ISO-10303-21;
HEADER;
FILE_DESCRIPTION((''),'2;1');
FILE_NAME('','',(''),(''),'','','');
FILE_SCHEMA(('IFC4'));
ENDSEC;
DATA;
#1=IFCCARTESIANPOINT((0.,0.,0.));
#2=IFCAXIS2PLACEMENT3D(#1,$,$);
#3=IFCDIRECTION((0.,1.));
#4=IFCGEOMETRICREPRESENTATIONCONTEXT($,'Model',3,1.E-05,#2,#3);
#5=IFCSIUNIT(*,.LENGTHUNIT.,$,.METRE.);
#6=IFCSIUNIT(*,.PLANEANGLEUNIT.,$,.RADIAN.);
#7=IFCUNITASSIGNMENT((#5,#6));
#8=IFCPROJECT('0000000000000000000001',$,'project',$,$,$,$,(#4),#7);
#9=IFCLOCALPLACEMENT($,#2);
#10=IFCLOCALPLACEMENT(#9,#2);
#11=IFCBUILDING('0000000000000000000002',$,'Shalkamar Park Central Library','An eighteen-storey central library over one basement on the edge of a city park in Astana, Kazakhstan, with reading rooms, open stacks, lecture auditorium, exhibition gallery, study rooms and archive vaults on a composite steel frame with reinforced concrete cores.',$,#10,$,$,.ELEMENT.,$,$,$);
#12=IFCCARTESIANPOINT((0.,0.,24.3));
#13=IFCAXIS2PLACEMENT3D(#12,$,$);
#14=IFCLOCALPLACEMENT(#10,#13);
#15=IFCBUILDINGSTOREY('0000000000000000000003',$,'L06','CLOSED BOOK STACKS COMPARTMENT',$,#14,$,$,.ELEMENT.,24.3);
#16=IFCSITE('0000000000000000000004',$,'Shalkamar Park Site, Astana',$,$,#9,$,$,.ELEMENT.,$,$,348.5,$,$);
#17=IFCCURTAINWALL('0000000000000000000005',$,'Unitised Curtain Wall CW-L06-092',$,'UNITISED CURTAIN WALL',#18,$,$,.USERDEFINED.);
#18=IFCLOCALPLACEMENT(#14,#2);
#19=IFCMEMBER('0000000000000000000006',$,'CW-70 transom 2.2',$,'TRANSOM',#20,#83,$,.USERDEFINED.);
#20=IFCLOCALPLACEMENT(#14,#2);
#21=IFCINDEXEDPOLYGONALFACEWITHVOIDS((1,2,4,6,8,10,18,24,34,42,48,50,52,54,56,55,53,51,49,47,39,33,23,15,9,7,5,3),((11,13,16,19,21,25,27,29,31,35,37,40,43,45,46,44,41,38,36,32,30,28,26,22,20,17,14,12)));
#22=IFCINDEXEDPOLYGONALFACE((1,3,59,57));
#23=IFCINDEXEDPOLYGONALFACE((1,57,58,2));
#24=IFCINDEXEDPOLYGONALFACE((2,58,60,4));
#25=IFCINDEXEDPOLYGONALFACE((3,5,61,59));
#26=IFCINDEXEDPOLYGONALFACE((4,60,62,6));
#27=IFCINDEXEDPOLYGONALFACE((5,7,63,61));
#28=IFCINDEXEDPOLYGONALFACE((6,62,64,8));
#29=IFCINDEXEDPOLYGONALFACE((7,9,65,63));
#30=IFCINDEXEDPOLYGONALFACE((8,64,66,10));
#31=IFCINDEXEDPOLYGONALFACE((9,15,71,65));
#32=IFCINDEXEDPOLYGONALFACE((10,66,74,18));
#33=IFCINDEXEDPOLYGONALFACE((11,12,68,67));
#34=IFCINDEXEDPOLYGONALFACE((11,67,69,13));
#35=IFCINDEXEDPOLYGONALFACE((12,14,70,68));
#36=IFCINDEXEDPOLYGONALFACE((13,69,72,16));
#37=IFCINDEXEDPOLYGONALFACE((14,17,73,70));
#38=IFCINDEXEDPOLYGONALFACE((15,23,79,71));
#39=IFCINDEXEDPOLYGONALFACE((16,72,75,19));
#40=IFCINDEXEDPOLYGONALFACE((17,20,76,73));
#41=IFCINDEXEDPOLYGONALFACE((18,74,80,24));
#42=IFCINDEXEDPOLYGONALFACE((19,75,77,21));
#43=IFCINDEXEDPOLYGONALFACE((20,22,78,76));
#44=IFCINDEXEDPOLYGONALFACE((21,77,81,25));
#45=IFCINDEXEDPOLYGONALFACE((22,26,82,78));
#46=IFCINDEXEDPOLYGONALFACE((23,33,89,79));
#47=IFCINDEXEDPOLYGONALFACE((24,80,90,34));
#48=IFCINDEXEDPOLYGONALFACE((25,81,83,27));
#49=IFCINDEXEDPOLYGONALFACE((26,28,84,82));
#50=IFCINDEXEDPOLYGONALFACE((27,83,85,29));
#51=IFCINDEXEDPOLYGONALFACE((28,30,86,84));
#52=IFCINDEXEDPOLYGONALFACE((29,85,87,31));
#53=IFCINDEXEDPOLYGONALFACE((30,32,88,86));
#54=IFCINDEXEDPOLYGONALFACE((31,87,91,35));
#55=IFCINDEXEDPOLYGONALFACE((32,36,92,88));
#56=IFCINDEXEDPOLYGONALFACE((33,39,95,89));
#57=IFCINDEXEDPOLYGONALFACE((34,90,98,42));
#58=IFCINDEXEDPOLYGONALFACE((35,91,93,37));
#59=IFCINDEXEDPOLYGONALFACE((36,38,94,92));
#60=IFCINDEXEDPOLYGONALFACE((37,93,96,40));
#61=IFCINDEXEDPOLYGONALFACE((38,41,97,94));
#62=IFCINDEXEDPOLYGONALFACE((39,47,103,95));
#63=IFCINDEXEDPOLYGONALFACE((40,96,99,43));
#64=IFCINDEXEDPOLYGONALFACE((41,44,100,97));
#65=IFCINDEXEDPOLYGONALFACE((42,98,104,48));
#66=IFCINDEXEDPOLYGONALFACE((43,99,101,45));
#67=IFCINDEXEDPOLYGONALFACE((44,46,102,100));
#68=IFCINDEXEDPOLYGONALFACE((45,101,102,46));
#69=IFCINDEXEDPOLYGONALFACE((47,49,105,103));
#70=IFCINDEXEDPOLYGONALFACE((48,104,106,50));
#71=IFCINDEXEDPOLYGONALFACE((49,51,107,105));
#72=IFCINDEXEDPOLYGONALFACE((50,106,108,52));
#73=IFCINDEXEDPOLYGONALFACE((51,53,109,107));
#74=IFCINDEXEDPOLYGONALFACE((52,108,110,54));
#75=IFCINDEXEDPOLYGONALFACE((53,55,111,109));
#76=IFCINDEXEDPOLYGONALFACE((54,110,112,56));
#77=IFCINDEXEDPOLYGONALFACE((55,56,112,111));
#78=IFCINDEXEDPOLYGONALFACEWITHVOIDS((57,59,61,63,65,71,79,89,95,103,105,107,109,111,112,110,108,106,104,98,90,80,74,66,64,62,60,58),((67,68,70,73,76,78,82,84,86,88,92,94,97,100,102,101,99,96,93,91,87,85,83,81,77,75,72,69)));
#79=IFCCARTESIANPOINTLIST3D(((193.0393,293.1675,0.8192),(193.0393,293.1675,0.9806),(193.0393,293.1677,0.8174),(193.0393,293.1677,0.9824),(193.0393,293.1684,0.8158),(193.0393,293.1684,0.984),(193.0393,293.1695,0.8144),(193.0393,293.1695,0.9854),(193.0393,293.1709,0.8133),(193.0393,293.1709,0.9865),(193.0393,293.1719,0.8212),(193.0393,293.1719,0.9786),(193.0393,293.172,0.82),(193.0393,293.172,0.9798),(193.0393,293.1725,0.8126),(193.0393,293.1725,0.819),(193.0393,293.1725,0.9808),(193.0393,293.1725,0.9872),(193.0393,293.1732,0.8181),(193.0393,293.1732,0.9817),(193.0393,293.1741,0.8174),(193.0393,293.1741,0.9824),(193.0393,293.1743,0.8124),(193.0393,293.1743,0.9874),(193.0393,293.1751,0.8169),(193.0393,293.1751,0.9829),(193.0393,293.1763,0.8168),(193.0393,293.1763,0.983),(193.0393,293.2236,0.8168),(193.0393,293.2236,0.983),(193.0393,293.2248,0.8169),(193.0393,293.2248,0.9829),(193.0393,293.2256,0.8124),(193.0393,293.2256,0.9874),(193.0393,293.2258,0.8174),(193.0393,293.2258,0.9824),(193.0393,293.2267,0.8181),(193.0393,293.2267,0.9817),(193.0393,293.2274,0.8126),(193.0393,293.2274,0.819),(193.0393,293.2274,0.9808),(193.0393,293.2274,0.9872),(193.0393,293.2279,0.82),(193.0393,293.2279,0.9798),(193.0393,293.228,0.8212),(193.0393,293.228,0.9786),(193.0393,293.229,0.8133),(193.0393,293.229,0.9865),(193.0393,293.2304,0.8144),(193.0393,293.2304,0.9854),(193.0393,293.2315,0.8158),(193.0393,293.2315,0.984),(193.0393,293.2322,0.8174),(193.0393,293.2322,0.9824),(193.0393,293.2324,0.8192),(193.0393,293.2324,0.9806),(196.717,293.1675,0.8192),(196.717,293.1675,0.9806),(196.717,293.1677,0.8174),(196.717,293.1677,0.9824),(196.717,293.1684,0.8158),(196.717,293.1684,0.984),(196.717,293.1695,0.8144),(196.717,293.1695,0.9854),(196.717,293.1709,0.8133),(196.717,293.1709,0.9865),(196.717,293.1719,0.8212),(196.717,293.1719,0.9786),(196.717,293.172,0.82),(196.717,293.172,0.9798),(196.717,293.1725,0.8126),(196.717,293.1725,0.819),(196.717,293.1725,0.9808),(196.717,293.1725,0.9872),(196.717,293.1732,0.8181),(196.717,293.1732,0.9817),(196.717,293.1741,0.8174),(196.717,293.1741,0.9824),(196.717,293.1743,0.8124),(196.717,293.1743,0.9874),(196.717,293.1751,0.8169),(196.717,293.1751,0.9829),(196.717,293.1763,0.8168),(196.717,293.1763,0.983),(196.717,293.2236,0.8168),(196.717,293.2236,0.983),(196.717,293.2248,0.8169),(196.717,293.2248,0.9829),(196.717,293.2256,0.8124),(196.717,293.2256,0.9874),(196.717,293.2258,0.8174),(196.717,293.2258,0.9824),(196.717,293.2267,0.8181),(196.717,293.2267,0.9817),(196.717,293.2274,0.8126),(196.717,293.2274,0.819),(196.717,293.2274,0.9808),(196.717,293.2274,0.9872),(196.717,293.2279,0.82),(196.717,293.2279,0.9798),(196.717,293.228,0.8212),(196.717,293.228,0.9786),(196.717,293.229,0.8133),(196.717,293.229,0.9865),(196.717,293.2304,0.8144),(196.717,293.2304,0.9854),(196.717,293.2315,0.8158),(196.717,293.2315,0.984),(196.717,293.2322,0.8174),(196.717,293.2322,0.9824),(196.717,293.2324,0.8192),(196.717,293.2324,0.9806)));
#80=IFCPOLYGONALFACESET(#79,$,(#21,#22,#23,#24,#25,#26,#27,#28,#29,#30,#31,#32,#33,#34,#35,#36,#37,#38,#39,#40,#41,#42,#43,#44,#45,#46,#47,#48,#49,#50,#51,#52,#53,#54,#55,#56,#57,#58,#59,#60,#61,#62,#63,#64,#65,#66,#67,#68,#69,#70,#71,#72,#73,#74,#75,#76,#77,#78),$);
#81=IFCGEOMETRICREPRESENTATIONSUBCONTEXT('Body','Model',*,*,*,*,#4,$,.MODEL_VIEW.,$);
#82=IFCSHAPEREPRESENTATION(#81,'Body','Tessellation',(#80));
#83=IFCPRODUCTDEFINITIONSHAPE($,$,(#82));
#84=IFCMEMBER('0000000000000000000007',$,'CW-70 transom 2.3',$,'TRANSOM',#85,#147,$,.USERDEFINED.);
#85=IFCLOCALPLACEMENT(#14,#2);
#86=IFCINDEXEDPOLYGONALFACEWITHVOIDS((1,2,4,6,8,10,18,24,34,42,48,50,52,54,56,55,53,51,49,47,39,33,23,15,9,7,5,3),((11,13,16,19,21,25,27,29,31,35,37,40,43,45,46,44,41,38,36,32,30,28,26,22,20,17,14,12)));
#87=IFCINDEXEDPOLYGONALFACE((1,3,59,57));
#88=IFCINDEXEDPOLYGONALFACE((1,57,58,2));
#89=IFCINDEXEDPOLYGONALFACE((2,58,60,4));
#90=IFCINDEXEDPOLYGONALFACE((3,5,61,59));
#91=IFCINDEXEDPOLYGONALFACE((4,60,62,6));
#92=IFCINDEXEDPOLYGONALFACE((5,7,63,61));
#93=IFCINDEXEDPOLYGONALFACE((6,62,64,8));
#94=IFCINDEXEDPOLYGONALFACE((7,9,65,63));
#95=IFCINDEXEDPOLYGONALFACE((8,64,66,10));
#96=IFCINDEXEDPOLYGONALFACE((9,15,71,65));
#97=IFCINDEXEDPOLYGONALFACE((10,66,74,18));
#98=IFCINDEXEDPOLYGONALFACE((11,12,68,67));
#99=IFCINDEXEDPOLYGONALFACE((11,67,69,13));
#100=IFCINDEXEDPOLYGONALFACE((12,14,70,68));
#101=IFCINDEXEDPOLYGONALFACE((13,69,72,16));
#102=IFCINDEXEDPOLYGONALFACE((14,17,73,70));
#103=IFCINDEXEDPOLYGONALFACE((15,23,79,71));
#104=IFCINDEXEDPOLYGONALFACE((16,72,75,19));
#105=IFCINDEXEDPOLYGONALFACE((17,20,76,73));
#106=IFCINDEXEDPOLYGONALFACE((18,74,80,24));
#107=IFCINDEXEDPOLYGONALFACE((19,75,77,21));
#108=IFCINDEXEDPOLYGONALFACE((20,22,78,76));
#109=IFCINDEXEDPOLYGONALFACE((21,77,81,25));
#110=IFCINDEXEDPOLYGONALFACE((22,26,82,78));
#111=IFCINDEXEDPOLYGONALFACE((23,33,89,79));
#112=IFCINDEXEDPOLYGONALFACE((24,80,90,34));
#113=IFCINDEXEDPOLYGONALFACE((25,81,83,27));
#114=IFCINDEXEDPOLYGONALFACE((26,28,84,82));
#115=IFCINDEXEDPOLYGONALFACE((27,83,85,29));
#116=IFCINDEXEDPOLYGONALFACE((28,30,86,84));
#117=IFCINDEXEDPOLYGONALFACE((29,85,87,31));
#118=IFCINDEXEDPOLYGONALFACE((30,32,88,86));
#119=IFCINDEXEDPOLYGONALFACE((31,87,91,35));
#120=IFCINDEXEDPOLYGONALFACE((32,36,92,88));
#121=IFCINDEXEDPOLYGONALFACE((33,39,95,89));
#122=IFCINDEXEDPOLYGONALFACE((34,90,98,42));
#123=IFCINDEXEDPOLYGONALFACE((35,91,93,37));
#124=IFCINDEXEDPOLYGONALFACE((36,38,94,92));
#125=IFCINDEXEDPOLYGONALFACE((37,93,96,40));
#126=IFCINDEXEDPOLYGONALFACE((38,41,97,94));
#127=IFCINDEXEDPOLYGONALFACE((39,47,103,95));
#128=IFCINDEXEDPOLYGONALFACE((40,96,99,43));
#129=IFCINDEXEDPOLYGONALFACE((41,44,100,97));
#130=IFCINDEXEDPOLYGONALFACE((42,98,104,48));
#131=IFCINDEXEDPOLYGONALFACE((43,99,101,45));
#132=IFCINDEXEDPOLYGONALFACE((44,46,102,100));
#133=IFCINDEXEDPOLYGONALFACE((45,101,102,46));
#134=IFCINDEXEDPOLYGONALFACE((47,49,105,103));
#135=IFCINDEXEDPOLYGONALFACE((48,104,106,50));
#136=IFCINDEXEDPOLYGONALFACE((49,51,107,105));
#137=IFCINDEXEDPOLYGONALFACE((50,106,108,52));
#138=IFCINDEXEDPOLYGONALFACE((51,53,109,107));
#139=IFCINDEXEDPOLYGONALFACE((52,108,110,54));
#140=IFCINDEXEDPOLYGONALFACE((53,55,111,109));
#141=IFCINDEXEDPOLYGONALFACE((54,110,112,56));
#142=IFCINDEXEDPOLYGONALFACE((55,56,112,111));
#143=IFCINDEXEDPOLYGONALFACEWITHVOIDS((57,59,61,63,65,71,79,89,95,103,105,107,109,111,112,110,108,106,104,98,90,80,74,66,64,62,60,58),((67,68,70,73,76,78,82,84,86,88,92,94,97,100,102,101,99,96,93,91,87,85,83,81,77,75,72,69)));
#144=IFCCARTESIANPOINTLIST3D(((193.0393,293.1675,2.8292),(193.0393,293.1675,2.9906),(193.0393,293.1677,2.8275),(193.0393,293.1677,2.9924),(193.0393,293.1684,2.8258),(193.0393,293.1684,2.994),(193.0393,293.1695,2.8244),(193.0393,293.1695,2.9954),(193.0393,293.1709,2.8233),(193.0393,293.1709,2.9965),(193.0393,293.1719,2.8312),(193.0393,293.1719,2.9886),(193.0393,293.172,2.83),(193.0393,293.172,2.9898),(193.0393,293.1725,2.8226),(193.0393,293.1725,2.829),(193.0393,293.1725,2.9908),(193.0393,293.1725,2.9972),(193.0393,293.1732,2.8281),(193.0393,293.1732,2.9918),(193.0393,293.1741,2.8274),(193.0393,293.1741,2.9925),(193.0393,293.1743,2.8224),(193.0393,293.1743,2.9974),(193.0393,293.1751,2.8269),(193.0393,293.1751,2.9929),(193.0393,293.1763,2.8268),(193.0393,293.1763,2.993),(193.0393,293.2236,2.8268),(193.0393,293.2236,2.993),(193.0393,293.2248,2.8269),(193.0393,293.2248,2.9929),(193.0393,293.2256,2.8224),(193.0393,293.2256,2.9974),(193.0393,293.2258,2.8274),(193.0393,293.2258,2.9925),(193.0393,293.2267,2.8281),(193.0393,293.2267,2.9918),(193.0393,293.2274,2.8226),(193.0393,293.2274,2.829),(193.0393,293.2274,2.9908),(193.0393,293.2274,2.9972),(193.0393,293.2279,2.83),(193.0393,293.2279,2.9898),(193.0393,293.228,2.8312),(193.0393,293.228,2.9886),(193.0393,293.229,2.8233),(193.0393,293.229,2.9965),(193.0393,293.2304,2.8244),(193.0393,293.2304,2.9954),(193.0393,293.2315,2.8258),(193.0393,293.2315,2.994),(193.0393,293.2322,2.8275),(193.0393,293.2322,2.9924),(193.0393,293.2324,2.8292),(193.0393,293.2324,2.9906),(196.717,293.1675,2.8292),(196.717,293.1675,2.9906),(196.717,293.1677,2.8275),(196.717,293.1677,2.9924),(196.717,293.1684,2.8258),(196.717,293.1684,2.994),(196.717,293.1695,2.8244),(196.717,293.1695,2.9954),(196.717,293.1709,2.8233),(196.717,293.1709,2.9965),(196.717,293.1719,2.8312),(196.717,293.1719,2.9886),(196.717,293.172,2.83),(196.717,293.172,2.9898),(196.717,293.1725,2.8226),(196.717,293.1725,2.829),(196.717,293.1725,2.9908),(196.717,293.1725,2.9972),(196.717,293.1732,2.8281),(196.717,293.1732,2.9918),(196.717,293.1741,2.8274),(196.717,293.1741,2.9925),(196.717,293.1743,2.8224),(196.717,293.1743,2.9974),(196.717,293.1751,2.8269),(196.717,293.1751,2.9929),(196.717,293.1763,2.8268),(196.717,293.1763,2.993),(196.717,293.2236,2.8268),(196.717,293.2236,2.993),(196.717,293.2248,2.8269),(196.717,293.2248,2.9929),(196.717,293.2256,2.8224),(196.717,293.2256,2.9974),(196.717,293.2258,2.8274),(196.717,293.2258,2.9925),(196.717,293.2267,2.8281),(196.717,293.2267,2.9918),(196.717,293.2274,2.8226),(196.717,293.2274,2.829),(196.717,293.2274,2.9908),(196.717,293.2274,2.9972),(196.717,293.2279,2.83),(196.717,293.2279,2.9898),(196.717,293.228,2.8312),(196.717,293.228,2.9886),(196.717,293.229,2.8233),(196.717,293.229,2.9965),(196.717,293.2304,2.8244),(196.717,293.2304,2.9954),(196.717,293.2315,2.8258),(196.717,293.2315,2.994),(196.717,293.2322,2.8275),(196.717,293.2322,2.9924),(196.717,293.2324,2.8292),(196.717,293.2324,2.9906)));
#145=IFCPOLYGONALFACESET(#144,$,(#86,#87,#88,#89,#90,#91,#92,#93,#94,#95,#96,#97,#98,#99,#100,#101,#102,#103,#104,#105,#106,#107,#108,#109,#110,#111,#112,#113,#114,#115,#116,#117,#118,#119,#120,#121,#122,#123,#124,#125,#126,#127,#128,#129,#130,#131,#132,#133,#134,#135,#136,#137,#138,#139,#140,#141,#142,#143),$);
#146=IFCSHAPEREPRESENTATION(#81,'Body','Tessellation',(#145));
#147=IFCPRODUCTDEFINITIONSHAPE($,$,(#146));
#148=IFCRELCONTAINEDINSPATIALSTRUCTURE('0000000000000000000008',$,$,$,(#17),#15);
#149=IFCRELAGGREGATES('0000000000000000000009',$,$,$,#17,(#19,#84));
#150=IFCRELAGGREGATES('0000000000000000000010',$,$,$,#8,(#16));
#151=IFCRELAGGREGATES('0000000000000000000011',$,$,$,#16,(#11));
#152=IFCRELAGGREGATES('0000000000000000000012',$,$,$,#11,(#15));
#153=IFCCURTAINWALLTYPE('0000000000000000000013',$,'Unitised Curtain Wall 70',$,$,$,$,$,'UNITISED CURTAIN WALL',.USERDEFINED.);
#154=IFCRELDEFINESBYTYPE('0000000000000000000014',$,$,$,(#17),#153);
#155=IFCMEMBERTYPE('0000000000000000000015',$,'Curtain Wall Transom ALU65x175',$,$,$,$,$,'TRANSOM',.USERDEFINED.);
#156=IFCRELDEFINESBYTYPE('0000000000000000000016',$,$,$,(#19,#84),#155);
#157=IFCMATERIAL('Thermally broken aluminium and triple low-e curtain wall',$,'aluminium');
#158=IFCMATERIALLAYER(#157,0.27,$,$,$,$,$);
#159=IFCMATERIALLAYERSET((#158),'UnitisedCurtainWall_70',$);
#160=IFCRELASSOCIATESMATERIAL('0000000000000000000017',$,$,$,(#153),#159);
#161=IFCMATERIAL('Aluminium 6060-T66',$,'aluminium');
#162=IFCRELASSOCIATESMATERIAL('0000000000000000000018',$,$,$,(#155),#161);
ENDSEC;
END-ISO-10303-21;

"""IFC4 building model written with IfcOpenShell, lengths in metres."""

from ifc_helpers import new_model, si_unit, direction, frame, origin, origin_2d, place, context, subcontext, project, spatial, hollow_rectangle, extrude, material, layer, layer_set, material_profile, profile_set, type_object, element, aggregate, save


model = new_model("IFC4")

# Units and contexts
model_context = context("Model", 3, precision=1e-05, world=origin(), true_north=direction((0.0, 1.0)))
body_context = subcontext(model_context, "Body", "Model", "MODEL_VIEW")
ifc_project = project(units=[si_unit("LENGTHUNIT", "METRE"), si_unit("PLANEANGLEUNIT", "RADIAN")], contexts=[model_context])

# Site, building, storey
site_placement = place(None, origin())
site = spatial("IfcSite", under=ifc_project, at=site_placement, Name="Shalkamar Park Site, Astana", CompositionType="ELEMENT", RefElevation=348.5)
building_placement = place(site_placement, origin())
building = spatial("IfcBuilding", under=site, at=building_placement, Name="Shalkamar Park Central Library", Description="An eighteen-storey central library over one basement on the edge of a city park in Astana, Kazakhstan, with reading rooms, open stacks, lecture auditorium, exhibition gallery, study rooms and archive vaults on a composite steel frame with reinforced concrete cores.", CompositionType="ELEMENT")
storey_placement = place(building_placement, frame((0.0, 0.0, 24.3)))
storey = spatial("IfcBuildingStorey", under=building, at=storey_placement, Name="L06", Description="CLOSED BOOK STACKS COMPARTMENT", CompositionType="ELEMENT", Elevation=24.3)

# Curtain wall, members
ifc_material_1 = material(Name="Thermally broken aluminium and triple low-e curtain wall", Category="aluminium")
ifc_layer_1 = layer(ifc_material_1, 0.27)
ifc_layer_set_1 = layer_set([ifc_layer_1], Name="UnitisedCurtainWall_70")
curtain_wall_type = type_object("IfcCurtainWallType", Name="Unitised Curtain Wall 70", ElementType="UNITISED CURTAIN WALL", PredefinedType="USERDEFINED", material=ifc_layer_set_1)
curtain_wall_placement = place(storey_placement, origin())
curtain_wall = element("IfcCurtainWall", 1, at=curtain_wall_placement, inside=storey, type_object=curtain_wall_type, Name="Unitised Curtain Wall CW-L06-092", ObjectType="UNITISED CURTAIN WALL", PredefinedType="USERDEFINED")
ifc_material_2 = material(Name="Aluminium 6060-T66", Category="aluminium")
ifc_material_profile_1 = material_profile(ifc_material_2, hollow_rectangle(XDim=0.0649, YDim=0.175, WallThickness=0.0044, InnerFilletRadius=0.0044, OuterFilletRadius=0.0068, at=origin_2d()), Name="ALU 65x175x4.5")
ifc_profile_set_1 = profile_set([ifc_material_profile_1], Name="Aluminium 6060-T66")
member_type_1 = type_object("IfcMemberType", Name="Curtain Wall Transom ALU65x175", ElementType="TRANSOM", PredefinedType="USERDEFINED", material=ifc_profile_set_1)
member_1_placement = place(storey_placement, frame((193.0393, 293.2, 0.8999), z_axis=(1.0, 0.0, 0.0), x_axis=(0.0, 1.0, 0.0)))
member_1 = element("IfcMember", 2, at=member_1_placement, type_object=member_type_1, Name="CW-70 transom 2.2", ObjectType="TRANSOM", PredefinedType="USERDEFINED", context=body_context, shape_type="SweptSolid", body=[
    extrude(hollow_rectangle(XDim=0.0649, YDim=0.175, WallThickness=0.0044, InnerFilletRadius=0.0044, OuterFilletRadius=0.0068, at=origin_2d()), origin(), (0.0, 0.0, 1.0), 3.6777),
])
member_2_placement = place(storey_placement, frame((193.0393, 293.2, 2.9099), z_axis=(1.0, 0.0, 0.0), x_axis=(0.0, 1.0, 0.0)))
member_2 = element("IfcMember", 3, at=member_2_placement, type_object=member_type_1, Name="CW-70 transom 2.3", ObjectType="TRANSOM", PredefinedType="USERDEFINED", context=body_context, shape_type="SweptSolid", body=[
    extrude(hollow_rectangle(XDim=0.0649, YDim=0.175, WallThickness=0.0044, InnerFilletRadius=0.0044, OuterFilletRadius=0.0068, at=origin_2d()), origin(), (0.0, 0.0, 1.0), 3.6777),
])

aggregate(curtain_wall, [member_1, member_2])

save(model, "model.ifc")
